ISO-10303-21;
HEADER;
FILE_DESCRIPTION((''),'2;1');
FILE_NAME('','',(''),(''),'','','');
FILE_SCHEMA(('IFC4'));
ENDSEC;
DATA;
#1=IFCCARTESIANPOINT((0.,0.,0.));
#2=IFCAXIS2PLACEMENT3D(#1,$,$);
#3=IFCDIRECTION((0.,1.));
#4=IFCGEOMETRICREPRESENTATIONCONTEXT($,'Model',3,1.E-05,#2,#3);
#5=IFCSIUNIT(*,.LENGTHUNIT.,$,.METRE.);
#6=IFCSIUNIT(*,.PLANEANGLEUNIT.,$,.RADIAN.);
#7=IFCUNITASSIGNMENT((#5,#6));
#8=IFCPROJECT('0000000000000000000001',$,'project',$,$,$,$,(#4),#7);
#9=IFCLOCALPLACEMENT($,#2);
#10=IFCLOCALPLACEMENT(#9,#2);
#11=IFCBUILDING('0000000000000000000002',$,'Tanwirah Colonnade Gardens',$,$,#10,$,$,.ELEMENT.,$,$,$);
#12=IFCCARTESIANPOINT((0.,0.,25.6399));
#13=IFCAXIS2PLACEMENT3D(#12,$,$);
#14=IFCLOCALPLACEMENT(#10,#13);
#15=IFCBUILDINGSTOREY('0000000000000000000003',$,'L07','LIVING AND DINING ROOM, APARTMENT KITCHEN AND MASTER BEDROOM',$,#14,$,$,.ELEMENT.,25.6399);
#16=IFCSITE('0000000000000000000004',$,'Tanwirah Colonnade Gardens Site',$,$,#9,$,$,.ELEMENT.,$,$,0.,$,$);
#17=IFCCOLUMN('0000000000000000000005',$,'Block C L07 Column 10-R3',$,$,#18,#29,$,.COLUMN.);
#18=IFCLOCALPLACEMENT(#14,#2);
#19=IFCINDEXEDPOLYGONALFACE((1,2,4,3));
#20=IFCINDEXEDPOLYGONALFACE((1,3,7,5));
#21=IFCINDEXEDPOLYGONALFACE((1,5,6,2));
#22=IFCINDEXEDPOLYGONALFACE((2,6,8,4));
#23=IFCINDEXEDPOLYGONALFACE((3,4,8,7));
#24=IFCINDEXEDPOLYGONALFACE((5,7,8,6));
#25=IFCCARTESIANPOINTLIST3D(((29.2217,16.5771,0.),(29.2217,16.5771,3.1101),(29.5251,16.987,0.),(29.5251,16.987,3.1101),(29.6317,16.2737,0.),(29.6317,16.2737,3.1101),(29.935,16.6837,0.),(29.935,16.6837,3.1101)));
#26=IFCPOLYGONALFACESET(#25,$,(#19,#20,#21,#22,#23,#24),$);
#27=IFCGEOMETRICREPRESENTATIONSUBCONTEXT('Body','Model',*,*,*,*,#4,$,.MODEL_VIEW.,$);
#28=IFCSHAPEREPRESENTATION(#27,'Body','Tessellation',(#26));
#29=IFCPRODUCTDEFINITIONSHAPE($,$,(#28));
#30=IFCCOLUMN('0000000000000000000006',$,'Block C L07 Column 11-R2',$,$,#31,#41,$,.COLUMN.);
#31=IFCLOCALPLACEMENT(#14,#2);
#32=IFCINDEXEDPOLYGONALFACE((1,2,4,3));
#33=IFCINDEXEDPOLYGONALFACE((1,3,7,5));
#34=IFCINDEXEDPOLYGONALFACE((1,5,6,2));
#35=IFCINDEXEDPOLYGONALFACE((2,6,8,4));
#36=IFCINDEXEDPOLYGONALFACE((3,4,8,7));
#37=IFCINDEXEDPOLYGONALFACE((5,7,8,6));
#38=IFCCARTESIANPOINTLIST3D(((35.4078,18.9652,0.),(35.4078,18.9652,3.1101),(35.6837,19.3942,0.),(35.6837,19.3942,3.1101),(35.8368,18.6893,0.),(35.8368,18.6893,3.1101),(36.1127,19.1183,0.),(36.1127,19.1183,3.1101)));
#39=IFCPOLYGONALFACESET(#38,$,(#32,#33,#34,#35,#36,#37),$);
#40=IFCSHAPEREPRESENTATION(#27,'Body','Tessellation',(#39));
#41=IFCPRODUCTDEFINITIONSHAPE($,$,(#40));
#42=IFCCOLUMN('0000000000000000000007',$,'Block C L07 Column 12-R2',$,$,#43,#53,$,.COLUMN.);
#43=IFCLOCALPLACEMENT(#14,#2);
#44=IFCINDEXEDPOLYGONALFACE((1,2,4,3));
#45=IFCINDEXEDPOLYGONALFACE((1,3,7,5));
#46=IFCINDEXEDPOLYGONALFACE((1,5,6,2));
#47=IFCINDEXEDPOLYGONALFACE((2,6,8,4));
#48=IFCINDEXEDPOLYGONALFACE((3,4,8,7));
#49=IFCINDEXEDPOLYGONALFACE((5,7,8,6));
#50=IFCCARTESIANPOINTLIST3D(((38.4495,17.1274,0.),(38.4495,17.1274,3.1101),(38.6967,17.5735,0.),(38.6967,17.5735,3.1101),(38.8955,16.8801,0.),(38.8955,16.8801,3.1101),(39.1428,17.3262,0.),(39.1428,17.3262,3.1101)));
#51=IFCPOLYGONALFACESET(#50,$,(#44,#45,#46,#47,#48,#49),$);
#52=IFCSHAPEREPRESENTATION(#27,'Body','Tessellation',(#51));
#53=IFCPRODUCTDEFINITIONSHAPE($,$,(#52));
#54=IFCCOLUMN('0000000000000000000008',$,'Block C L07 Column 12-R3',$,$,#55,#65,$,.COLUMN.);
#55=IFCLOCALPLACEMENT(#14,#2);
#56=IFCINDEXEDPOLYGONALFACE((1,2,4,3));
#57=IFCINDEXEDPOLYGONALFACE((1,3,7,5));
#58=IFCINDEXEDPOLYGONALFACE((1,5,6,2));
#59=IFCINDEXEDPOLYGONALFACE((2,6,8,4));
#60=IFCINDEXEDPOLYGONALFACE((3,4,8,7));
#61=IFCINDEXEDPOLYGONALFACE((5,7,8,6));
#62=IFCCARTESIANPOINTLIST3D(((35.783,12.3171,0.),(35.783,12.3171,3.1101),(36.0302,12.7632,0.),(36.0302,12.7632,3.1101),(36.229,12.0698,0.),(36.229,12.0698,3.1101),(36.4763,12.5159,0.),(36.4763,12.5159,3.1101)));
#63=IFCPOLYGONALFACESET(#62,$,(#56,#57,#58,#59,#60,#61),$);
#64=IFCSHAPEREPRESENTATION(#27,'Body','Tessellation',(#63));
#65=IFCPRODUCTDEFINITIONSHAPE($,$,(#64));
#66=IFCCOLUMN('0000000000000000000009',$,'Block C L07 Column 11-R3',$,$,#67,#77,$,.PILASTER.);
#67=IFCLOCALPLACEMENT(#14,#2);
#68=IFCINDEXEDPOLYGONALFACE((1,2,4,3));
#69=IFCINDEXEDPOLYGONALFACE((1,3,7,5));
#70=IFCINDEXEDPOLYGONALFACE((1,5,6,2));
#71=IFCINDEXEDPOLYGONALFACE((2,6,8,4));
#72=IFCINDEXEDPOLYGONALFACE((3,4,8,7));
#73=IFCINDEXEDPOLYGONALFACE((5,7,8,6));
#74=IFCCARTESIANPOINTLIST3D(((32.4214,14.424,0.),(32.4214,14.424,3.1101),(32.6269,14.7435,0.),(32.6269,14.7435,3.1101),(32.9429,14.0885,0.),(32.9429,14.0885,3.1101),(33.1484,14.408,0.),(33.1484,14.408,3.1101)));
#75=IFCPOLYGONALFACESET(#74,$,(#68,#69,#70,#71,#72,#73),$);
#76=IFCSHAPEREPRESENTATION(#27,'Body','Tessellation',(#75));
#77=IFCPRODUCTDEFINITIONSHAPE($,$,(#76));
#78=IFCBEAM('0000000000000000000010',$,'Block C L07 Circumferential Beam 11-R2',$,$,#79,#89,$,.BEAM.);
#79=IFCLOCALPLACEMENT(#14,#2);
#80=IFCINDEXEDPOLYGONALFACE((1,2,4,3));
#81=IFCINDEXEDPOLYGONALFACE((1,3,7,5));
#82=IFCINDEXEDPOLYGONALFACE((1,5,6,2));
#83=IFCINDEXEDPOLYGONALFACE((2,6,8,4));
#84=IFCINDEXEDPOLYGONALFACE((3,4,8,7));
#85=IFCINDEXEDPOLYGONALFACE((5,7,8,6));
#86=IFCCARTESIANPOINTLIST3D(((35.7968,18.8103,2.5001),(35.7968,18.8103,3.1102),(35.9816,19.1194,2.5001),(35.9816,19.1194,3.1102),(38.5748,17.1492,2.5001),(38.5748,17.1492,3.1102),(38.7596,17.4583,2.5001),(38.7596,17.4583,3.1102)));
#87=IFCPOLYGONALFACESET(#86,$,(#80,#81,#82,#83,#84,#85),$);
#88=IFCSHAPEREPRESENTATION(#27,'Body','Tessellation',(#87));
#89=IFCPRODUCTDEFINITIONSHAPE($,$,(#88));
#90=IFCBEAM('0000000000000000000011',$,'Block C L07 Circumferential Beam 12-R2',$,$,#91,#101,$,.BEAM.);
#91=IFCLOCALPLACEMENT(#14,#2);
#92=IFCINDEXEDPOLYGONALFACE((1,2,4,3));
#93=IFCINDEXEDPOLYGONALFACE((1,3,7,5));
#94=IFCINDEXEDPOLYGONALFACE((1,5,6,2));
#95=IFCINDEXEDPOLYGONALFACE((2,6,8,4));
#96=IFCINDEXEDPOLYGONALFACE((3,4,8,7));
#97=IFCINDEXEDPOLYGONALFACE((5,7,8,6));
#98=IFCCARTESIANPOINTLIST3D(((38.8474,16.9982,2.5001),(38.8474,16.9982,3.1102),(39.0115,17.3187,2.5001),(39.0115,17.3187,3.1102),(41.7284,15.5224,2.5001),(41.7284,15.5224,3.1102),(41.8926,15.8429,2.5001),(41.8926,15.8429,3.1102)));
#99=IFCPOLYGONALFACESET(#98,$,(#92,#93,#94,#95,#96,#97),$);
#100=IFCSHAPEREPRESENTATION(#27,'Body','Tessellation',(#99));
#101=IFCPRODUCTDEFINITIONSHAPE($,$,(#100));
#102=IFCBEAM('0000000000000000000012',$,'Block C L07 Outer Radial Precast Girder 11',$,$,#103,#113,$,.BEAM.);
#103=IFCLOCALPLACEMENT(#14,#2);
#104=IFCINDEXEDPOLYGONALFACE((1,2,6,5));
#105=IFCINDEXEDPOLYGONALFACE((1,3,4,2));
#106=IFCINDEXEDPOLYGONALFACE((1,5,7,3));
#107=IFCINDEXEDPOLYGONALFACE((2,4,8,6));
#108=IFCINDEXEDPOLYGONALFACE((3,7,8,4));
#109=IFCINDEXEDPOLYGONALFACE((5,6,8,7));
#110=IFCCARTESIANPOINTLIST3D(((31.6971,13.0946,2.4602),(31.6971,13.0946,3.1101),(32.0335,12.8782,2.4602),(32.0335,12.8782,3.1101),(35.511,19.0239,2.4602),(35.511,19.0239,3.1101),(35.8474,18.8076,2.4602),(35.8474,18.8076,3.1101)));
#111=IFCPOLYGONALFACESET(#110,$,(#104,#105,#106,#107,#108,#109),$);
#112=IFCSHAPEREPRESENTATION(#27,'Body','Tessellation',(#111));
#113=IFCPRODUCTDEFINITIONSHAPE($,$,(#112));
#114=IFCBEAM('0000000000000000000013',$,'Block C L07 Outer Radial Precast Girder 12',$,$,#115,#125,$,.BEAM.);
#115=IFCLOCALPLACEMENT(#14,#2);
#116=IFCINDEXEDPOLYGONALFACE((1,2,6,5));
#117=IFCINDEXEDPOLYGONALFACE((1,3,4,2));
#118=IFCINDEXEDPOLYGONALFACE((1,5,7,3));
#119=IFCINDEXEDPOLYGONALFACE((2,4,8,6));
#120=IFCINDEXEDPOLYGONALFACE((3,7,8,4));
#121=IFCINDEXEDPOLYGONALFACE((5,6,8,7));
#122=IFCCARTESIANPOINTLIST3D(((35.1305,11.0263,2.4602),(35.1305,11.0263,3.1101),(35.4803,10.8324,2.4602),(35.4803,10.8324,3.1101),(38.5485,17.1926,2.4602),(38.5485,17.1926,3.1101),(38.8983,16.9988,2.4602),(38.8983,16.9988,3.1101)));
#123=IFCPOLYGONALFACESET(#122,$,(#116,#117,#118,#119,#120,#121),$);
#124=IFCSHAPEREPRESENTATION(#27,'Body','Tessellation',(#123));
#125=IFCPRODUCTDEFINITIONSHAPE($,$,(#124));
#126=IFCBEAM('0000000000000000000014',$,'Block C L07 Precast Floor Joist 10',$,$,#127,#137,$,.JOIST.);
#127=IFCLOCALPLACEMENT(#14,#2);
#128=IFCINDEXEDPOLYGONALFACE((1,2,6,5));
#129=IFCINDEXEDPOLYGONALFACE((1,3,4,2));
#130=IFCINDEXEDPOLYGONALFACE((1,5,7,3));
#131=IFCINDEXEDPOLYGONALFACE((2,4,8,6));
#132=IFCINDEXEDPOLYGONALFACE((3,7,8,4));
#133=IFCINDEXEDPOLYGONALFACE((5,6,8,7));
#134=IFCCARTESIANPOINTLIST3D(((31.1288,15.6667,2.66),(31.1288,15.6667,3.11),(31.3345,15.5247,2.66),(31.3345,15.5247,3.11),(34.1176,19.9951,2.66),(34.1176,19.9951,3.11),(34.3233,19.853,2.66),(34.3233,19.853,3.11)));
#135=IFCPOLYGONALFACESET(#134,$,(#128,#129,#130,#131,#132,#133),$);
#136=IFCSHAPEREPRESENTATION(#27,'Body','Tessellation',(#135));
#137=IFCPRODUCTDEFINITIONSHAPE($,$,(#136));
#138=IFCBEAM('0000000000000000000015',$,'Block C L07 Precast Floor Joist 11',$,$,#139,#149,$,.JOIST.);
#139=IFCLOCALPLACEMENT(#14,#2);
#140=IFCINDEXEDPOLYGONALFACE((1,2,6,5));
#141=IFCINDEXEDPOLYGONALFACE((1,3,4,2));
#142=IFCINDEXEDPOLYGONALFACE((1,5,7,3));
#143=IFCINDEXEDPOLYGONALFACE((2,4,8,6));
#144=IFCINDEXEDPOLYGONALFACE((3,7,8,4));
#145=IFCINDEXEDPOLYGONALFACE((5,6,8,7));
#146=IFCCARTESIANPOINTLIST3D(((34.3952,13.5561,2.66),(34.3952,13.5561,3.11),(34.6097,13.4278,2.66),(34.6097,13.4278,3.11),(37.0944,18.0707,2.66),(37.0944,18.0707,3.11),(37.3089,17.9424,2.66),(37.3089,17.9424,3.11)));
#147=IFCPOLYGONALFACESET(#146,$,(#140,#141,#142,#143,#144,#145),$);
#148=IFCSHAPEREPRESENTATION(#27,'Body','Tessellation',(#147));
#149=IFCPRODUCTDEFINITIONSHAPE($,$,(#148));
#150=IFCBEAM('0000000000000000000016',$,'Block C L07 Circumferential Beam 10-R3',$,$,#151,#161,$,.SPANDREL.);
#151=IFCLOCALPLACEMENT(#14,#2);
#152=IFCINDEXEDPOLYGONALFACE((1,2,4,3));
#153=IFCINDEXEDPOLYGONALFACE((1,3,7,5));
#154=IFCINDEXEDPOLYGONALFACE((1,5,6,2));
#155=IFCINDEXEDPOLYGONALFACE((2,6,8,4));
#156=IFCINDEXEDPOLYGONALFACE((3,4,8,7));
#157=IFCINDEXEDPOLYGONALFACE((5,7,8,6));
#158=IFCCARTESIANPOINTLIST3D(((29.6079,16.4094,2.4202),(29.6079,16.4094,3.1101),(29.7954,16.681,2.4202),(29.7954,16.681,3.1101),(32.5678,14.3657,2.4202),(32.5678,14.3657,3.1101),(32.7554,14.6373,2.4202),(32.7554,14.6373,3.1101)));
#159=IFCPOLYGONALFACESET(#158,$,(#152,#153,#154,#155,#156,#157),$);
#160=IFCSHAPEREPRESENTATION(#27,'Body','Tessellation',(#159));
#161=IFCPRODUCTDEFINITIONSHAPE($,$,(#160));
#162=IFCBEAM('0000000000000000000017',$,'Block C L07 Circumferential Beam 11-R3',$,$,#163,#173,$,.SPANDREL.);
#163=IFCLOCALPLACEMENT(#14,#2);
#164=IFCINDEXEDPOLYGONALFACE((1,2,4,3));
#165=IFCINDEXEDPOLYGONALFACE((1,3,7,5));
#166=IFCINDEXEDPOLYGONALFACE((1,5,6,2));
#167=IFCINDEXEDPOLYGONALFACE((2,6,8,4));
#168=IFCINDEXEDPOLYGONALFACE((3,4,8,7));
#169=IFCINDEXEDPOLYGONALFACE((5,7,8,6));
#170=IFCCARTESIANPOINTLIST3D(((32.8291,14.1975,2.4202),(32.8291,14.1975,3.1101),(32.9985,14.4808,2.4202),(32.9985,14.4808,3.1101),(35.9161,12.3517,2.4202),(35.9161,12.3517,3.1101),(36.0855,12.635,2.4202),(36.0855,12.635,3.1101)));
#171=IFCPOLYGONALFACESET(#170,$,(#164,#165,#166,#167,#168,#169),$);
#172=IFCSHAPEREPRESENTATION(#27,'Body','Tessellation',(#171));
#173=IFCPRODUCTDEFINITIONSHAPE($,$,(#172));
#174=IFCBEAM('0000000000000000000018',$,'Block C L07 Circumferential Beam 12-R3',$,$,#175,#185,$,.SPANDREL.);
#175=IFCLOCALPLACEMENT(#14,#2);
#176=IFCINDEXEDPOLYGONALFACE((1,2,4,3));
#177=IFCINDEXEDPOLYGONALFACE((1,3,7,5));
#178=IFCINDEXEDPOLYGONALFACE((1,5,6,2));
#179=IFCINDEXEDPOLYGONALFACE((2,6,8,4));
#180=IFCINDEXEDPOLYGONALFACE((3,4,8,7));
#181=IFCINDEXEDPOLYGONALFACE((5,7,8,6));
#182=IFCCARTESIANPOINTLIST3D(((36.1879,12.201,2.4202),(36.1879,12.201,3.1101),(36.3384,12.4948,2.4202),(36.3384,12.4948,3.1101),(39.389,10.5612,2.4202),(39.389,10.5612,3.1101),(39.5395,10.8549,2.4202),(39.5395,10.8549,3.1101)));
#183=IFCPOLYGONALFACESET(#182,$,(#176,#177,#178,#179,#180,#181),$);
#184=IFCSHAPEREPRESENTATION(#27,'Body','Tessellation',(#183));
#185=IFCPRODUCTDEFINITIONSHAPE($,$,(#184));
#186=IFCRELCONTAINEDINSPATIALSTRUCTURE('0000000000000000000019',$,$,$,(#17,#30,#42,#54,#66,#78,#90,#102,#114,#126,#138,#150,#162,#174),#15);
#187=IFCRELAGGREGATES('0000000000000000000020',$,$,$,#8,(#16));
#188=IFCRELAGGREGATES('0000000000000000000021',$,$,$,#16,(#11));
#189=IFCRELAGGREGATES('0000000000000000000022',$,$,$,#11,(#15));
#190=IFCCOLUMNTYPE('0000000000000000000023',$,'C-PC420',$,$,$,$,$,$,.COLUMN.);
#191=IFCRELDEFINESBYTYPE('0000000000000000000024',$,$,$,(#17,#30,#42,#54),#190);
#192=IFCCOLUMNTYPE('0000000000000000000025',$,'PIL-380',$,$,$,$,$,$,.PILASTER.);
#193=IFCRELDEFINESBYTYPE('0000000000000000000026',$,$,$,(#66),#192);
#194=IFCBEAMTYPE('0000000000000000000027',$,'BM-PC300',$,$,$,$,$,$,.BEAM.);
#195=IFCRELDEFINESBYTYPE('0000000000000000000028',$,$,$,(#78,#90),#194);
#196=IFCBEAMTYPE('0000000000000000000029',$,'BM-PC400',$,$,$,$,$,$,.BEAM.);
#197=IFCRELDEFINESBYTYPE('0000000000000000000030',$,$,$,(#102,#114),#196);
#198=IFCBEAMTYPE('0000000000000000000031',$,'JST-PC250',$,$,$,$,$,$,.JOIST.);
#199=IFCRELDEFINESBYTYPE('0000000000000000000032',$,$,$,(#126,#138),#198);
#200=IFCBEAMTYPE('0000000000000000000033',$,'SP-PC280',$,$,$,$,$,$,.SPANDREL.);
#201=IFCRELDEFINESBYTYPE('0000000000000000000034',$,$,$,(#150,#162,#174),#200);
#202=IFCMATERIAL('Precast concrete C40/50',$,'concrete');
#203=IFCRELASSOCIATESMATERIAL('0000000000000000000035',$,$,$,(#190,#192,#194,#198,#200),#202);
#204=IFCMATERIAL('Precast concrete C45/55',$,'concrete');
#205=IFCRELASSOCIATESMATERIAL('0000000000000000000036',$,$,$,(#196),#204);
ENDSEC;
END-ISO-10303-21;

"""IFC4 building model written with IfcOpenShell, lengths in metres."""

from ifc_helpers import new_model, si_unit, direction, frame, origin, origin_2d, place, context, subcontext, project, spatial, rectangle, extrude, material, material_profile, profile_set, type_object, element, save


model = new_model("IFC4")

# Units and contexts
model_context = context("Model", 3, precision=1e-05, world=origin(), true_north=direction((0.0, 1.0)))
body_context = subcontext(model_context, "Body", "Model", "MODEL_VIEW")
ifc_project = project(units=[si_unit("LENGTHUNIT", "METRE"), si_unit("PLANEANGLEUNIT", "RADIAN")], contexts=[model_context])

# Site, building, storey
site_placement = place(None, origin())
site = spatial("IfcSite", under=ifc_project, at=site_placement, Name="Tanwirah Colonnade Gardens Site", CompositionType="ELEMENT", RefElevation=0.0)
building_placement = place(site_placement, origin())
building = spatial("IfcBuilding", under=site, at=building_placement, Name="Tanwirah Colonnade Gardens", CompositionType="ELEMENT")
storey_placement = place(building_placement, frame((0.0, 0.0, 25.6399)))
storey = spatial("IfcBuildingStorey", under=building, at=storey_placement, Name="L07", Description="LIVING AND DINING ROOM, APARTMENT KITCHEN AND MASTER BEDROOM", CompositionType="ELEMENT", Elevation=25.6399)

# Columns
ifc_material_1 = material(Name="Precast concrete C40/50", Category="concrete")
ifc_material_profile_1 = material_profile(ifc_material_1, rectangle(XDim=0.51, YDim=0.51, at=origin_2d()), Name="PC-COL 510x510")
ifc_profile_set_1 = profile_set([ifc_material_profile_1], Name="Precast concrete C40/50")
column_type_1 = type_object("IfcColumnType", Name="C-PC420", PredefinedType="COLUMN", material=ifc_profile_set_1)
for number, where, z_axis, x_axis, name in (
    (1, (29.5784, 16.6304, 0.0), (0.0, 0.0, 1.0), (-0.594823, -0.803857, 0.0), "Block C L07 Column 10-R3"),
    (2, (35.7603, 19.0417, 0.0), (0.0, 0.0, 1.0), (-0.540974, -0.841039, 0.0), "Block C L07 Column 11-R2"),
    (3, (38.7961, 17.2268, 0.0), (0.0, 0.0, 1.0), (-0.48481, -0.87462, 0.0), "Block C L07 Column 12-R2"),
    (4, (36.1296, 12.4165, 0.0), (0.0, 0.0, 1.0), (-0.48481, -0.87462, 0.0), "Block C L07 Column 12-R3"),
):
    element("IfcColumn", number, at=place(storey_placement, frame(where, z_axis=z_axis, x_axis=x_axis)), inside=storey, type_object=column_type_1, Name=name, PredefinedType="COLUMN", context=body_context, shape_type="SweptSolid", body=[
        extrude(rectangle(XDim=0.51, YDim=0.51, at=origin_2d()), origin(), (0.0, 0.0, 1.0), 3.1101),
    ])
ifc_material_profile_2 = material_profile(ifc_material_1, rectangle(XDim=0.3799, YDim=0.6201, at=origin_2d()), Name="PC-PIL 380x620")
ifc_profile_set_2 = profile_set([ifc_material_profile_2], Name="Precast concrete C40/50")
column_type_2 = type_object("IfcColumnType", Name="PIL-380", PredefinedType="PILASTER", material=ifc_profile_set_2)
column_placement = place(storey_placement, frame((32.7849, 14.416, 0.0), z_axis=(0.0, 0.0, 1.0), x_axis=(-0.540974, -0.841039, 0.0)))
element("IfcColumn", 5, at=column_placement, inside=storey, type_object=column_type_2, Name="Block C L07 Column 11-R3", PredefinedType="PILASTER", context=body_context, shape_type="SweptSolid", body=[
    extrude(rectangle(XDim=0.3799, YDim=0.6201, at=origin_2d()), origin(), (0.0, 0.0, 1.0), 3.1101),
])

# Beams
ifc_material_profile_3 = material_profile(ifc_material_1, rectangle(XDim=0.3601, YDim=0.6101, at=origin_2d()), Name="PC-BM 360x610")
ifc_profile_set_3 = profile_set([ifc_material_profile_3], Name="Precast concrete C40/50")
beam_type_1 = type_object("IfcBeamType", Name="BM-PC300", PredefinedType="BEAM", material=ifc_profile_set_3)
beam_1_placement = place(storey_placement, frame((35.8892, 18.9648, 2.8052), z_axis=(0.858271, -0.513197, 0.0), x_axis=(0.513197, 0.858271, 0.0)))
element("IfcBeam", 6, at=beam_1_placement, inside=storey, type_object=beam_type_1, Name="Block C L07 Circumferential Beam 11-R2", PredefinedType="BEAM", context=body_context, shape_type="SweptSolid", body=[
    extrude(rectangle(XDim=0.3601, YDim=0.6101, at=origin_2d()), origin(), (0.0, 0.0, 1.0), 3.2368),
])
beam_2_placement = place(storey_placement, frame((38.9294, 17.1584, 2.8052), z_axis=(0.890025, -0.455911, 0.0), x_axis=(0.455911, 0.890025, 0.0)))
element("IfcBeam", 7, at=beam_2_placement, inside=storey, type_object=beam_type_1, Name="Block C L07 Circumferential Beam 12-R2", PredefinedType="BEAM", context=body_context, shape_type="SweptSolid", body=[
    extrude(rectangle(XDim=0.3601, YDim=0.6101, at=origin_2d()), origin(), (0.0, 0.0, 1.0), 3.2371),
])
ifc_material_2 = material(Name="Precast concrete C45/55", Category="concrete")
ifc_material_profile_4 = material_profile(ifc_material_2, rectangle(XDim=0.3999, YDim=0.6499, at=origin_2d()), Name="PC-BM 400x650")
ifc_profile_set_4 = profile_set([ifc_material_profile_4], Name="Precast concrete C45/55")
beam_type_2 = type_object("IfcBeamType", Name="BM-PC400", PredefinedType="BEAM", material=ifc_profile_set_4)
beam_3_placement = place(storey_placement, frame((35.6792, 18.9158, 2.7852), z_axis=(-0.540976, -0.841038, 0.0), x_axis=(0.841038, -0.540976, 0.0)))
element("IfcBeam", 8, at=beam_3_placement, inside=storey, type_object=beam_type_2, Name="Block C L07 Outer Radial Precast Girder 11", PredefinedType="BEAM", context=body_context, shape_type="SweptSolid", body=[
    extrude(rectangle(XDim=0.3999, YDim=0.6499, at=origin_2d()), origin(), (0.0, 0.0, 1.0), 7.05),
])
beam_4_placement = place(storey_placement, frame((38.7234, 17.0957, 2.7852), z_axis=(-0.484805, -0.874622, 0.0), x_axis=(0.874622, -0.484805, 0.0)))
element("IfcBeam", 9, at=beam_4_placement, inside=storey, type_object=beam_type_2, Name="Block C L07 Outer Radial Precast Girder 12", PredefinedType="BEAM", context=body_context, shape_type="SweptSolid", body=[
    extrude(rectangle(XDim=0.3999, YDim=0.6499, at=origin_2d()), origin(), (0.0, 0.0, 1.0), 7.0503),
])
ifc_material_profile_5 = material_profile(ifc_material_1, rectangle(XDim=0.25, YDim=0.45, at=origin_2d()), Name="PC-JST 250x450")
ifc_profile_set_5 = profile_set([ifc_material_profile_5], Name="Precast concrete C40/50")
beam_type_3 = type_object("IfcBeamType", Name="JST-PC250", PredefinedType="JOIST", material=ifc_profile_set_5)
for number, where, z_axis, x_axis, name in (
    (10, (34.2205, 19.9241, 2.885), (-0.568208, -0.822885, 0.0), (0.822885, -0.568208, 0.0), "Block C L07 Precast Floor Joist 10"),
    (11, (37.2017, 18.0066, 2.885), (-0.513157, -0.858295, 0.0), (0.858295, -0.513157, 0.0), "Block C L07 Precast Floor Joist 11"),
):
    element("IfcBeam", number, at=place(storey_placement, frame(where, z_axis=z_axis, x_axis=x_axis)), inside=storey, type_object=beam_type_3, Name=name, PredefinedType="JOIST", context=body_context, shape_type="SweptSolid", body=[
        extrude(rectangle(XDim=0.25, YDim=0.45, at=origin_2d()), origin(), (0.0, 0.0, 1.0), 5.26),
    ])
ifc_material_profile_6 = material_profile(ifc_material_1, rectangle(XDim=0.3301, YDim=0.6899, at=origin_2d()), Name="PC-SP 330x690")
ifc_profile_set_6 = profile_set([ifc_material_profile_6], Name="Precast concrete C40/50")
beam_type_4 = type_object("IfcBeamType", Name="SP-PC280", PredefinedType="SPANDREL", material=ifc_profile_set_6)
beam_5_placement = place(storey_placement, frame((29.7017, 16.5452, 2.7651), z_axis=(0.822907, -0.568175, 0.0), x_axis=(0.568175, 0.822907, 0.0)))
element("IfcBeam", 12, at=beam_5_placement, inside=storey, type_object=beam_type_4, Name="Block C L07 Circumferential Beam 10-R3", PredefinedType="SPANDREL", context=body_context, shape_type="SweptSolid", body=[
    extrude(rectangle(XDim=0.3301, YDim=0.6899, at=origin_2d()), origin(), (0.0, 0.0, 1.0), 3.5969),
])
for number, where, z_axis, x_axis, name in (
    (13, (32.9138, 14.3391, 2.7651), (0.858283, -0.513177, 0.0), (0.513177, 0.858283, 0.0), "Block C L07 Circumferential Beam 11-R3"),
    (14, (36.2632, 12.3479, 2.7651), (0.890013, -0.455935, 0.0), (0.455935, 0.890013, 0.0), "Block C L07 Circumferential Beam 12-R3"),
):
    element("IfcBeam", number, at=place(storey_placement, frame(where, z_axis=z_axis, x_axis=x_axis)), inside=storey, type_object=beam_type_4, Name=name, PredefinedType="SPANDREL", context=body_context, shape_type="SweptSolid", body=[
        extrude(rectangle(XDim=0.3301, YDim=0.6899, at=origin_2d()), origin(), (0.0, 0.0, 1.0), 3.5967),
    ])

save(model, "model.ifc")
